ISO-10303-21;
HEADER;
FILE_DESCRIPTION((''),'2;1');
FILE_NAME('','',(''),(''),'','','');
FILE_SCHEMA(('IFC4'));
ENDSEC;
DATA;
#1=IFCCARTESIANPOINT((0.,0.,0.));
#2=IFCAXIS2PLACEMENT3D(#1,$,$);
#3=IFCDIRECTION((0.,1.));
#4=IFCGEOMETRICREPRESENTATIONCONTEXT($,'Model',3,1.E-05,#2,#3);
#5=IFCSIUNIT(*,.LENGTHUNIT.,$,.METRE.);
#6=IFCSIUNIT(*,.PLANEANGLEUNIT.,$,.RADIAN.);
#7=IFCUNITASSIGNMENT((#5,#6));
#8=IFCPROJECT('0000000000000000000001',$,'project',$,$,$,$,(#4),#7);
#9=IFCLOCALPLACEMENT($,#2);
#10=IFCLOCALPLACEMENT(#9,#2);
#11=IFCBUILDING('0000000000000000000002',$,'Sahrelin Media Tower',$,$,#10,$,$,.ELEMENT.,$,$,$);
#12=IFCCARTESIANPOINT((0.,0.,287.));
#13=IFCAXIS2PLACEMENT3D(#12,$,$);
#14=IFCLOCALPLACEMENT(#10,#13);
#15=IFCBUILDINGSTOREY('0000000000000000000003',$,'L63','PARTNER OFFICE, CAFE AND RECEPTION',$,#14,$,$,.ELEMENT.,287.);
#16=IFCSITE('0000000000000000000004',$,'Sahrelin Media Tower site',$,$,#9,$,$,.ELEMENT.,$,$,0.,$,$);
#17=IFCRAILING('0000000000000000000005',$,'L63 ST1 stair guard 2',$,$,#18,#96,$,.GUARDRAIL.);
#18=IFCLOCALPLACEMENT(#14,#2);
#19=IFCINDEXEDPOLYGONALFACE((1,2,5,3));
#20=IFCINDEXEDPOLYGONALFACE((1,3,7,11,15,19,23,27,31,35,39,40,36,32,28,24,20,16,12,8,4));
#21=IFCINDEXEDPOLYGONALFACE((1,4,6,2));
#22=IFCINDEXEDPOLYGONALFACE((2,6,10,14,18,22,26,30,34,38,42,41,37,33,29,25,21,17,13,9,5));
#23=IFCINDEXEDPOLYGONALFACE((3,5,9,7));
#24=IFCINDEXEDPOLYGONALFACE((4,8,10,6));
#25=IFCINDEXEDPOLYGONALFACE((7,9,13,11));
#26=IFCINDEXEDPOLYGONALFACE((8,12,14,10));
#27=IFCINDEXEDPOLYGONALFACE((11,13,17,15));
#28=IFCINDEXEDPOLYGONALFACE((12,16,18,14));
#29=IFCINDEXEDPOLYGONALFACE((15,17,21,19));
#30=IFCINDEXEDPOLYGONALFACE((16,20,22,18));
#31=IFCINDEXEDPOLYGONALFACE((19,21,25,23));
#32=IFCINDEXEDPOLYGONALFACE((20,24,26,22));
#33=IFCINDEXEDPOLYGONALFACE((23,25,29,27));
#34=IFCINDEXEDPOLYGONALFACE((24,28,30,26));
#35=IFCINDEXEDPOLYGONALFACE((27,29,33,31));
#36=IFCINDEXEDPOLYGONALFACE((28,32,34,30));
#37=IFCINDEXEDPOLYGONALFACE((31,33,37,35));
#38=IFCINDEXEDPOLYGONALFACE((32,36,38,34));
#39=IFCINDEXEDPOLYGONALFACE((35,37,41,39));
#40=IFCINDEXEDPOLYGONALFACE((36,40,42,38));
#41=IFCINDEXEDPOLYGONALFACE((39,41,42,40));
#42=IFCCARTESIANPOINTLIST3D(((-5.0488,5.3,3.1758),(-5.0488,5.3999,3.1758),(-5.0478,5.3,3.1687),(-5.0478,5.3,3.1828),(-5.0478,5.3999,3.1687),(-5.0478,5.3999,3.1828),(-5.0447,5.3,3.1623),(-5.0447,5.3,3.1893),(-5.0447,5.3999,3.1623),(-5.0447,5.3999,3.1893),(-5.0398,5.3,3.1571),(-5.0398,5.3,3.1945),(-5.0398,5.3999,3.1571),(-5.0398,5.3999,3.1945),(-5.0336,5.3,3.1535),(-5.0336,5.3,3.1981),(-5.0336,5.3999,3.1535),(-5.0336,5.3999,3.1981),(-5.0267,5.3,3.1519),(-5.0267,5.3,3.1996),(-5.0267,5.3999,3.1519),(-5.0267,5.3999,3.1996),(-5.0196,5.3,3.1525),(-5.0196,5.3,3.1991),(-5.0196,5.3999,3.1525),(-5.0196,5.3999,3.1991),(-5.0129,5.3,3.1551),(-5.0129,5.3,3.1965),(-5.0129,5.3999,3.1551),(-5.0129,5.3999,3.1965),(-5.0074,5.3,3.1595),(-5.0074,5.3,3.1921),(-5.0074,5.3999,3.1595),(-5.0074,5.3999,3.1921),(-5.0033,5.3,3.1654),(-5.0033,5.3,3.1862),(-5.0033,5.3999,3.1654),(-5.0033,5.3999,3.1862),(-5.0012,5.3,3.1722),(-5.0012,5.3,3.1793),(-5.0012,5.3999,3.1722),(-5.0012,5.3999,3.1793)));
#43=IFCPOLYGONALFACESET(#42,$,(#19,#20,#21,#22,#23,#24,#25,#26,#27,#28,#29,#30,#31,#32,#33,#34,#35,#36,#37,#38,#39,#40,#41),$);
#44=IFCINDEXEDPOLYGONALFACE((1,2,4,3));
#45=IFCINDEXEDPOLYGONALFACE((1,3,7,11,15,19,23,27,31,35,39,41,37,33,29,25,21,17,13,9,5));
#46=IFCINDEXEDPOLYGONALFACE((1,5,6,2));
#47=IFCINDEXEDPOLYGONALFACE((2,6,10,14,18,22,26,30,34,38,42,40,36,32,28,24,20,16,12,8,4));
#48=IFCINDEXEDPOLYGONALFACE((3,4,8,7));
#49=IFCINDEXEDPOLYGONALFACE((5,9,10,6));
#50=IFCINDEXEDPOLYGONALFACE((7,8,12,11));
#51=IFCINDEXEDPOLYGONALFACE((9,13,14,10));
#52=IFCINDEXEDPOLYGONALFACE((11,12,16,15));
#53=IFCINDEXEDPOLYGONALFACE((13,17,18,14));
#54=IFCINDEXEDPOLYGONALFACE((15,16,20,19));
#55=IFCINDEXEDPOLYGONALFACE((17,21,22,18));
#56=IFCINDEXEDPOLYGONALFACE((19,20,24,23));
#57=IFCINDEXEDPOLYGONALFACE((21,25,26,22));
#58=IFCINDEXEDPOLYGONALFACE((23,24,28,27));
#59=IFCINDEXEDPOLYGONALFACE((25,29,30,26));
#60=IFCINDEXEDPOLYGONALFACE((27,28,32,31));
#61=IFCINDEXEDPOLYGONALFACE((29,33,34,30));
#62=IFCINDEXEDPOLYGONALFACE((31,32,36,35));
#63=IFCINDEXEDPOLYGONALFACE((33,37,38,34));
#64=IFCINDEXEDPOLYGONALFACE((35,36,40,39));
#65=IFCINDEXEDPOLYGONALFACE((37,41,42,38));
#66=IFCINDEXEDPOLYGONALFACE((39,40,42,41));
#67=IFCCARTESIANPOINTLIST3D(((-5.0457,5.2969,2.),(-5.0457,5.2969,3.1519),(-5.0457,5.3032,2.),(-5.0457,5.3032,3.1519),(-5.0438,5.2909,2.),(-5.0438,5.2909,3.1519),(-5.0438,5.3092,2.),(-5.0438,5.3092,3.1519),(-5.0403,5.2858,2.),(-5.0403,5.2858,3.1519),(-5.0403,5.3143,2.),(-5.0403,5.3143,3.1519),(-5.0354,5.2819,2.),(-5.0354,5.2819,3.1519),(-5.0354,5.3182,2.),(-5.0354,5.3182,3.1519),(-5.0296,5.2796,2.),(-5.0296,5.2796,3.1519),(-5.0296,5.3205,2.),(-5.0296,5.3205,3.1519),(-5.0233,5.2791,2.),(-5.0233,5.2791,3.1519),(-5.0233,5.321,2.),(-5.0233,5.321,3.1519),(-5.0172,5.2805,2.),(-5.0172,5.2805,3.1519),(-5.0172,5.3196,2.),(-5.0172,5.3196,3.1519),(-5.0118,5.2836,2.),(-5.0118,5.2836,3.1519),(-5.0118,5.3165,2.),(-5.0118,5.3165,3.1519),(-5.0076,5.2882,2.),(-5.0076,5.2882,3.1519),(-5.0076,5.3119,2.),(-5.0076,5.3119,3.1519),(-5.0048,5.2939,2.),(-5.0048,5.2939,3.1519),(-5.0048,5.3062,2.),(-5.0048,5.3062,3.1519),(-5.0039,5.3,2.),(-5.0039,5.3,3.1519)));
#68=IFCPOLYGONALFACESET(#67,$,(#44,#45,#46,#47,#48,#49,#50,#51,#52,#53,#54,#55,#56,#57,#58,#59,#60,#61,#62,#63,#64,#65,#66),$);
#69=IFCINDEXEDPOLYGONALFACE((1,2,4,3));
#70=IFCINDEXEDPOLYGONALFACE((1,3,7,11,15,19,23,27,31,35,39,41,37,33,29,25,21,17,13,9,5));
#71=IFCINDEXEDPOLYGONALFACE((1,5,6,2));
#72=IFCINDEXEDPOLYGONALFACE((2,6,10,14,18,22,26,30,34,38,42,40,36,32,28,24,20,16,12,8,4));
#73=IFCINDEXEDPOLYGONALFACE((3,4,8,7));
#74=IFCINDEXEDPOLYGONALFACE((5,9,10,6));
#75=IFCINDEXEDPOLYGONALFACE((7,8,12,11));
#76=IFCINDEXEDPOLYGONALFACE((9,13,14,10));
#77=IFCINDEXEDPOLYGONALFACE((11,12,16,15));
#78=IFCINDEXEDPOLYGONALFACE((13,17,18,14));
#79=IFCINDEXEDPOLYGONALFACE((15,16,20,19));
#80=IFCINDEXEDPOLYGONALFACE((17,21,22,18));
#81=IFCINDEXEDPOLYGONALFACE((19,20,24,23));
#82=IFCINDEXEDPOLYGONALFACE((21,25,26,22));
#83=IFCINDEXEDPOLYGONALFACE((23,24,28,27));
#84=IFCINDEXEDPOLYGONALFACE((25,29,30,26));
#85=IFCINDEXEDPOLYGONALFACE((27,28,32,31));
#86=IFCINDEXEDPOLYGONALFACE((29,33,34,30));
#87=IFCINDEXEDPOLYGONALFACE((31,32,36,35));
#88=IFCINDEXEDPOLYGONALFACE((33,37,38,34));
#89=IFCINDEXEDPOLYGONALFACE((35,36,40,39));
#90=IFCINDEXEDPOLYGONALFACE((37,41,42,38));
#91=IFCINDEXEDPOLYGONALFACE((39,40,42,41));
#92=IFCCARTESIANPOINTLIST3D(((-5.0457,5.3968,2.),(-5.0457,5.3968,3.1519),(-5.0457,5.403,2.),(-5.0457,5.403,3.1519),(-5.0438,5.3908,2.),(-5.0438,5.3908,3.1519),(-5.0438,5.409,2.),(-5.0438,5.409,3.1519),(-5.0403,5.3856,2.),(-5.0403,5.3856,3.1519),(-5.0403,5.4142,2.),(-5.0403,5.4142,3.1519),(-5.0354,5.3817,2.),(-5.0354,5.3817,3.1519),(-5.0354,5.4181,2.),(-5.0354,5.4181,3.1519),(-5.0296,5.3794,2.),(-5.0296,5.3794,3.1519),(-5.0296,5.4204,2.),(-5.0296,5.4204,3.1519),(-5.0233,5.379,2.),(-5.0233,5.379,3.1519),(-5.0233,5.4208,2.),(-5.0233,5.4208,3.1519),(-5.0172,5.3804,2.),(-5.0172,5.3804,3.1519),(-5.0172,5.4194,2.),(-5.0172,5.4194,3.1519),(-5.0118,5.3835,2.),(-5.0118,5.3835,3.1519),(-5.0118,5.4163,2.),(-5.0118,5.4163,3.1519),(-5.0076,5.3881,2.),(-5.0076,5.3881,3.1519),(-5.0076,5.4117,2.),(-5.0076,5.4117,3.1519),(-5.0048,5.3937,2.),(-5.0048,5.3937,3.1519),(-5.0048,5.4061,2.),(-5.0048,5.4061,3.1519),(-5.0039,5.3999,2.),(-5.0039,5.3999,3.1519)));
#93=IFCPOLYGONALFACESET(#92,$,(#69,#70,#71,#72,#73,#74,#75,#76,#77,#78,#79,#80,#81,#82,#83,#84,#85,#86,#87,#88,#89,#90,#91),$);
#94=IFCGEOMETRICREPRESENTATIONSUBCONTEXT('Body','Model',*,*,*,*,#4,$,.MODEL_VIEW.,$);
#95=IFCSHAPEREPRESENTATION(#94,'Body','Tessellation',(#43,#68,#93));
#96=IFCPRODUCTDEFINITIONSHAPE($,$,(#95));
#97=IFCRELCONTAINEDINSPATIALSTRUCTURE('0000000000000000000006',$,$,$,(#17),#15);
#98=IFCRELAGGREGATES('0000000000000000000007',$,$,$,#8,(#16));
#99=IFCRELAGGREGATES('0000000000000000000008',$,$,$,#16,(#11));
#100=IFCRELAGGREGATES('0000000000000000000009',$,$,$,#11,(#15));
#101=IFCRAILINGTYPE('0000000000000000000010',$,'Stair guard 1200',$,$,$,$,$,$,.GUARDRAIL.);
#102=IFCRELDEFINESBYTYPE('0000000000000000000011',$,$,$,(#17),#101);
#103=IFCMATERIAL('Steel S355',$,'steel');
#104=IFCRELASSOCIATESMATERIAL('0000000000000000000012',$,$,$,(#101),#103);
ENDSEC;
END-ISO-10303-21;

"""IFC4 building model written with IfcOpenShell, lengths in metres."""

from ifc_helpers import new_model, si_unit, direction, frame, origin, origin_2d, place, context, subcontext, project, spatial, circle, extrude, material, type_object, element, save


model = new_model("IFC4")

# Units and contexts
model_context = context("Model", 3, precision=1e-05, world=origin(), true_north=direction((0.0, 1.0)))
body_context = subcontext(model_context, "Body", "Model", "MODEL_VIEW")
ifc_project = project(units=[si_unit("LENGTHUNIT", "METRE"), si_unit("PLANEANGLEUNIT", "RADIAN")], contexts=[model_context])

# Site, building, storey
site_placement = place(None, origin())
site = spatial("IfcSite", under=ifc_project, at=site_placement, Name="Sahrelin Media Tower site", CompositionType="ELEMENT", RefElevation=0.0)
building_placement = place(site_placement, origin())
building = spatial("IfcBuilding", under=site, at=building_placement, Name="Sahrelin Media Tower", CompositionType="ELEMENT")
storey_placement = place(building_placement, frame((0.0, 0.0, 287.0)))
storey = spatial("IfcBuildingStorey", under=building, at=storey_placement, Name="L63", Description="PARTNER OFFICE, CAFE AND RECEPTION", CompositionType="ELEMENT", Elevation=287.0)

# Shared definitions
ifc_material_1 = material(Name="Steel S355", Category="steel")

# Railing
railing_type_1 = type_object("IfcRailingType", Name="Stair guard 1200", PredefinedType="GUARDRAIL", material=ifc_material_1)
railing_1_placement = place(storey_placement, frame((-5.0249, 5.3, 2.0)))
element("IfcRailing", 1, at=railing_1_placement, inside=storey, type_object=railing_type_1, Name="L63 ST1 stair guard 2", PredefinedType="GUARDRAIL", context=body_context, shape_type="SweptSolid", body=[
    extrude(circle(Radius=0.0239, at=origin_2d()), frame((0.0, 0.0, 1.1758), z_axis=(0.0, 1.0, 0.0), x_axis=(-1.0, 0.0, 0.0)), (0.0, 0.0, 1.0), 0.0999),
    extrude(circle(Radius=0.021, at=origin_2d()), origin(), (0.0, 0.0, 1.0), 1.1519),
    extrude(circle(Radius=0.021, at=origin_2d()), frame((0.0, 0.0999, 0.0)), (0.0, 0.0, 1.0), 1.1519),
])

save(model, "model.ifc")
